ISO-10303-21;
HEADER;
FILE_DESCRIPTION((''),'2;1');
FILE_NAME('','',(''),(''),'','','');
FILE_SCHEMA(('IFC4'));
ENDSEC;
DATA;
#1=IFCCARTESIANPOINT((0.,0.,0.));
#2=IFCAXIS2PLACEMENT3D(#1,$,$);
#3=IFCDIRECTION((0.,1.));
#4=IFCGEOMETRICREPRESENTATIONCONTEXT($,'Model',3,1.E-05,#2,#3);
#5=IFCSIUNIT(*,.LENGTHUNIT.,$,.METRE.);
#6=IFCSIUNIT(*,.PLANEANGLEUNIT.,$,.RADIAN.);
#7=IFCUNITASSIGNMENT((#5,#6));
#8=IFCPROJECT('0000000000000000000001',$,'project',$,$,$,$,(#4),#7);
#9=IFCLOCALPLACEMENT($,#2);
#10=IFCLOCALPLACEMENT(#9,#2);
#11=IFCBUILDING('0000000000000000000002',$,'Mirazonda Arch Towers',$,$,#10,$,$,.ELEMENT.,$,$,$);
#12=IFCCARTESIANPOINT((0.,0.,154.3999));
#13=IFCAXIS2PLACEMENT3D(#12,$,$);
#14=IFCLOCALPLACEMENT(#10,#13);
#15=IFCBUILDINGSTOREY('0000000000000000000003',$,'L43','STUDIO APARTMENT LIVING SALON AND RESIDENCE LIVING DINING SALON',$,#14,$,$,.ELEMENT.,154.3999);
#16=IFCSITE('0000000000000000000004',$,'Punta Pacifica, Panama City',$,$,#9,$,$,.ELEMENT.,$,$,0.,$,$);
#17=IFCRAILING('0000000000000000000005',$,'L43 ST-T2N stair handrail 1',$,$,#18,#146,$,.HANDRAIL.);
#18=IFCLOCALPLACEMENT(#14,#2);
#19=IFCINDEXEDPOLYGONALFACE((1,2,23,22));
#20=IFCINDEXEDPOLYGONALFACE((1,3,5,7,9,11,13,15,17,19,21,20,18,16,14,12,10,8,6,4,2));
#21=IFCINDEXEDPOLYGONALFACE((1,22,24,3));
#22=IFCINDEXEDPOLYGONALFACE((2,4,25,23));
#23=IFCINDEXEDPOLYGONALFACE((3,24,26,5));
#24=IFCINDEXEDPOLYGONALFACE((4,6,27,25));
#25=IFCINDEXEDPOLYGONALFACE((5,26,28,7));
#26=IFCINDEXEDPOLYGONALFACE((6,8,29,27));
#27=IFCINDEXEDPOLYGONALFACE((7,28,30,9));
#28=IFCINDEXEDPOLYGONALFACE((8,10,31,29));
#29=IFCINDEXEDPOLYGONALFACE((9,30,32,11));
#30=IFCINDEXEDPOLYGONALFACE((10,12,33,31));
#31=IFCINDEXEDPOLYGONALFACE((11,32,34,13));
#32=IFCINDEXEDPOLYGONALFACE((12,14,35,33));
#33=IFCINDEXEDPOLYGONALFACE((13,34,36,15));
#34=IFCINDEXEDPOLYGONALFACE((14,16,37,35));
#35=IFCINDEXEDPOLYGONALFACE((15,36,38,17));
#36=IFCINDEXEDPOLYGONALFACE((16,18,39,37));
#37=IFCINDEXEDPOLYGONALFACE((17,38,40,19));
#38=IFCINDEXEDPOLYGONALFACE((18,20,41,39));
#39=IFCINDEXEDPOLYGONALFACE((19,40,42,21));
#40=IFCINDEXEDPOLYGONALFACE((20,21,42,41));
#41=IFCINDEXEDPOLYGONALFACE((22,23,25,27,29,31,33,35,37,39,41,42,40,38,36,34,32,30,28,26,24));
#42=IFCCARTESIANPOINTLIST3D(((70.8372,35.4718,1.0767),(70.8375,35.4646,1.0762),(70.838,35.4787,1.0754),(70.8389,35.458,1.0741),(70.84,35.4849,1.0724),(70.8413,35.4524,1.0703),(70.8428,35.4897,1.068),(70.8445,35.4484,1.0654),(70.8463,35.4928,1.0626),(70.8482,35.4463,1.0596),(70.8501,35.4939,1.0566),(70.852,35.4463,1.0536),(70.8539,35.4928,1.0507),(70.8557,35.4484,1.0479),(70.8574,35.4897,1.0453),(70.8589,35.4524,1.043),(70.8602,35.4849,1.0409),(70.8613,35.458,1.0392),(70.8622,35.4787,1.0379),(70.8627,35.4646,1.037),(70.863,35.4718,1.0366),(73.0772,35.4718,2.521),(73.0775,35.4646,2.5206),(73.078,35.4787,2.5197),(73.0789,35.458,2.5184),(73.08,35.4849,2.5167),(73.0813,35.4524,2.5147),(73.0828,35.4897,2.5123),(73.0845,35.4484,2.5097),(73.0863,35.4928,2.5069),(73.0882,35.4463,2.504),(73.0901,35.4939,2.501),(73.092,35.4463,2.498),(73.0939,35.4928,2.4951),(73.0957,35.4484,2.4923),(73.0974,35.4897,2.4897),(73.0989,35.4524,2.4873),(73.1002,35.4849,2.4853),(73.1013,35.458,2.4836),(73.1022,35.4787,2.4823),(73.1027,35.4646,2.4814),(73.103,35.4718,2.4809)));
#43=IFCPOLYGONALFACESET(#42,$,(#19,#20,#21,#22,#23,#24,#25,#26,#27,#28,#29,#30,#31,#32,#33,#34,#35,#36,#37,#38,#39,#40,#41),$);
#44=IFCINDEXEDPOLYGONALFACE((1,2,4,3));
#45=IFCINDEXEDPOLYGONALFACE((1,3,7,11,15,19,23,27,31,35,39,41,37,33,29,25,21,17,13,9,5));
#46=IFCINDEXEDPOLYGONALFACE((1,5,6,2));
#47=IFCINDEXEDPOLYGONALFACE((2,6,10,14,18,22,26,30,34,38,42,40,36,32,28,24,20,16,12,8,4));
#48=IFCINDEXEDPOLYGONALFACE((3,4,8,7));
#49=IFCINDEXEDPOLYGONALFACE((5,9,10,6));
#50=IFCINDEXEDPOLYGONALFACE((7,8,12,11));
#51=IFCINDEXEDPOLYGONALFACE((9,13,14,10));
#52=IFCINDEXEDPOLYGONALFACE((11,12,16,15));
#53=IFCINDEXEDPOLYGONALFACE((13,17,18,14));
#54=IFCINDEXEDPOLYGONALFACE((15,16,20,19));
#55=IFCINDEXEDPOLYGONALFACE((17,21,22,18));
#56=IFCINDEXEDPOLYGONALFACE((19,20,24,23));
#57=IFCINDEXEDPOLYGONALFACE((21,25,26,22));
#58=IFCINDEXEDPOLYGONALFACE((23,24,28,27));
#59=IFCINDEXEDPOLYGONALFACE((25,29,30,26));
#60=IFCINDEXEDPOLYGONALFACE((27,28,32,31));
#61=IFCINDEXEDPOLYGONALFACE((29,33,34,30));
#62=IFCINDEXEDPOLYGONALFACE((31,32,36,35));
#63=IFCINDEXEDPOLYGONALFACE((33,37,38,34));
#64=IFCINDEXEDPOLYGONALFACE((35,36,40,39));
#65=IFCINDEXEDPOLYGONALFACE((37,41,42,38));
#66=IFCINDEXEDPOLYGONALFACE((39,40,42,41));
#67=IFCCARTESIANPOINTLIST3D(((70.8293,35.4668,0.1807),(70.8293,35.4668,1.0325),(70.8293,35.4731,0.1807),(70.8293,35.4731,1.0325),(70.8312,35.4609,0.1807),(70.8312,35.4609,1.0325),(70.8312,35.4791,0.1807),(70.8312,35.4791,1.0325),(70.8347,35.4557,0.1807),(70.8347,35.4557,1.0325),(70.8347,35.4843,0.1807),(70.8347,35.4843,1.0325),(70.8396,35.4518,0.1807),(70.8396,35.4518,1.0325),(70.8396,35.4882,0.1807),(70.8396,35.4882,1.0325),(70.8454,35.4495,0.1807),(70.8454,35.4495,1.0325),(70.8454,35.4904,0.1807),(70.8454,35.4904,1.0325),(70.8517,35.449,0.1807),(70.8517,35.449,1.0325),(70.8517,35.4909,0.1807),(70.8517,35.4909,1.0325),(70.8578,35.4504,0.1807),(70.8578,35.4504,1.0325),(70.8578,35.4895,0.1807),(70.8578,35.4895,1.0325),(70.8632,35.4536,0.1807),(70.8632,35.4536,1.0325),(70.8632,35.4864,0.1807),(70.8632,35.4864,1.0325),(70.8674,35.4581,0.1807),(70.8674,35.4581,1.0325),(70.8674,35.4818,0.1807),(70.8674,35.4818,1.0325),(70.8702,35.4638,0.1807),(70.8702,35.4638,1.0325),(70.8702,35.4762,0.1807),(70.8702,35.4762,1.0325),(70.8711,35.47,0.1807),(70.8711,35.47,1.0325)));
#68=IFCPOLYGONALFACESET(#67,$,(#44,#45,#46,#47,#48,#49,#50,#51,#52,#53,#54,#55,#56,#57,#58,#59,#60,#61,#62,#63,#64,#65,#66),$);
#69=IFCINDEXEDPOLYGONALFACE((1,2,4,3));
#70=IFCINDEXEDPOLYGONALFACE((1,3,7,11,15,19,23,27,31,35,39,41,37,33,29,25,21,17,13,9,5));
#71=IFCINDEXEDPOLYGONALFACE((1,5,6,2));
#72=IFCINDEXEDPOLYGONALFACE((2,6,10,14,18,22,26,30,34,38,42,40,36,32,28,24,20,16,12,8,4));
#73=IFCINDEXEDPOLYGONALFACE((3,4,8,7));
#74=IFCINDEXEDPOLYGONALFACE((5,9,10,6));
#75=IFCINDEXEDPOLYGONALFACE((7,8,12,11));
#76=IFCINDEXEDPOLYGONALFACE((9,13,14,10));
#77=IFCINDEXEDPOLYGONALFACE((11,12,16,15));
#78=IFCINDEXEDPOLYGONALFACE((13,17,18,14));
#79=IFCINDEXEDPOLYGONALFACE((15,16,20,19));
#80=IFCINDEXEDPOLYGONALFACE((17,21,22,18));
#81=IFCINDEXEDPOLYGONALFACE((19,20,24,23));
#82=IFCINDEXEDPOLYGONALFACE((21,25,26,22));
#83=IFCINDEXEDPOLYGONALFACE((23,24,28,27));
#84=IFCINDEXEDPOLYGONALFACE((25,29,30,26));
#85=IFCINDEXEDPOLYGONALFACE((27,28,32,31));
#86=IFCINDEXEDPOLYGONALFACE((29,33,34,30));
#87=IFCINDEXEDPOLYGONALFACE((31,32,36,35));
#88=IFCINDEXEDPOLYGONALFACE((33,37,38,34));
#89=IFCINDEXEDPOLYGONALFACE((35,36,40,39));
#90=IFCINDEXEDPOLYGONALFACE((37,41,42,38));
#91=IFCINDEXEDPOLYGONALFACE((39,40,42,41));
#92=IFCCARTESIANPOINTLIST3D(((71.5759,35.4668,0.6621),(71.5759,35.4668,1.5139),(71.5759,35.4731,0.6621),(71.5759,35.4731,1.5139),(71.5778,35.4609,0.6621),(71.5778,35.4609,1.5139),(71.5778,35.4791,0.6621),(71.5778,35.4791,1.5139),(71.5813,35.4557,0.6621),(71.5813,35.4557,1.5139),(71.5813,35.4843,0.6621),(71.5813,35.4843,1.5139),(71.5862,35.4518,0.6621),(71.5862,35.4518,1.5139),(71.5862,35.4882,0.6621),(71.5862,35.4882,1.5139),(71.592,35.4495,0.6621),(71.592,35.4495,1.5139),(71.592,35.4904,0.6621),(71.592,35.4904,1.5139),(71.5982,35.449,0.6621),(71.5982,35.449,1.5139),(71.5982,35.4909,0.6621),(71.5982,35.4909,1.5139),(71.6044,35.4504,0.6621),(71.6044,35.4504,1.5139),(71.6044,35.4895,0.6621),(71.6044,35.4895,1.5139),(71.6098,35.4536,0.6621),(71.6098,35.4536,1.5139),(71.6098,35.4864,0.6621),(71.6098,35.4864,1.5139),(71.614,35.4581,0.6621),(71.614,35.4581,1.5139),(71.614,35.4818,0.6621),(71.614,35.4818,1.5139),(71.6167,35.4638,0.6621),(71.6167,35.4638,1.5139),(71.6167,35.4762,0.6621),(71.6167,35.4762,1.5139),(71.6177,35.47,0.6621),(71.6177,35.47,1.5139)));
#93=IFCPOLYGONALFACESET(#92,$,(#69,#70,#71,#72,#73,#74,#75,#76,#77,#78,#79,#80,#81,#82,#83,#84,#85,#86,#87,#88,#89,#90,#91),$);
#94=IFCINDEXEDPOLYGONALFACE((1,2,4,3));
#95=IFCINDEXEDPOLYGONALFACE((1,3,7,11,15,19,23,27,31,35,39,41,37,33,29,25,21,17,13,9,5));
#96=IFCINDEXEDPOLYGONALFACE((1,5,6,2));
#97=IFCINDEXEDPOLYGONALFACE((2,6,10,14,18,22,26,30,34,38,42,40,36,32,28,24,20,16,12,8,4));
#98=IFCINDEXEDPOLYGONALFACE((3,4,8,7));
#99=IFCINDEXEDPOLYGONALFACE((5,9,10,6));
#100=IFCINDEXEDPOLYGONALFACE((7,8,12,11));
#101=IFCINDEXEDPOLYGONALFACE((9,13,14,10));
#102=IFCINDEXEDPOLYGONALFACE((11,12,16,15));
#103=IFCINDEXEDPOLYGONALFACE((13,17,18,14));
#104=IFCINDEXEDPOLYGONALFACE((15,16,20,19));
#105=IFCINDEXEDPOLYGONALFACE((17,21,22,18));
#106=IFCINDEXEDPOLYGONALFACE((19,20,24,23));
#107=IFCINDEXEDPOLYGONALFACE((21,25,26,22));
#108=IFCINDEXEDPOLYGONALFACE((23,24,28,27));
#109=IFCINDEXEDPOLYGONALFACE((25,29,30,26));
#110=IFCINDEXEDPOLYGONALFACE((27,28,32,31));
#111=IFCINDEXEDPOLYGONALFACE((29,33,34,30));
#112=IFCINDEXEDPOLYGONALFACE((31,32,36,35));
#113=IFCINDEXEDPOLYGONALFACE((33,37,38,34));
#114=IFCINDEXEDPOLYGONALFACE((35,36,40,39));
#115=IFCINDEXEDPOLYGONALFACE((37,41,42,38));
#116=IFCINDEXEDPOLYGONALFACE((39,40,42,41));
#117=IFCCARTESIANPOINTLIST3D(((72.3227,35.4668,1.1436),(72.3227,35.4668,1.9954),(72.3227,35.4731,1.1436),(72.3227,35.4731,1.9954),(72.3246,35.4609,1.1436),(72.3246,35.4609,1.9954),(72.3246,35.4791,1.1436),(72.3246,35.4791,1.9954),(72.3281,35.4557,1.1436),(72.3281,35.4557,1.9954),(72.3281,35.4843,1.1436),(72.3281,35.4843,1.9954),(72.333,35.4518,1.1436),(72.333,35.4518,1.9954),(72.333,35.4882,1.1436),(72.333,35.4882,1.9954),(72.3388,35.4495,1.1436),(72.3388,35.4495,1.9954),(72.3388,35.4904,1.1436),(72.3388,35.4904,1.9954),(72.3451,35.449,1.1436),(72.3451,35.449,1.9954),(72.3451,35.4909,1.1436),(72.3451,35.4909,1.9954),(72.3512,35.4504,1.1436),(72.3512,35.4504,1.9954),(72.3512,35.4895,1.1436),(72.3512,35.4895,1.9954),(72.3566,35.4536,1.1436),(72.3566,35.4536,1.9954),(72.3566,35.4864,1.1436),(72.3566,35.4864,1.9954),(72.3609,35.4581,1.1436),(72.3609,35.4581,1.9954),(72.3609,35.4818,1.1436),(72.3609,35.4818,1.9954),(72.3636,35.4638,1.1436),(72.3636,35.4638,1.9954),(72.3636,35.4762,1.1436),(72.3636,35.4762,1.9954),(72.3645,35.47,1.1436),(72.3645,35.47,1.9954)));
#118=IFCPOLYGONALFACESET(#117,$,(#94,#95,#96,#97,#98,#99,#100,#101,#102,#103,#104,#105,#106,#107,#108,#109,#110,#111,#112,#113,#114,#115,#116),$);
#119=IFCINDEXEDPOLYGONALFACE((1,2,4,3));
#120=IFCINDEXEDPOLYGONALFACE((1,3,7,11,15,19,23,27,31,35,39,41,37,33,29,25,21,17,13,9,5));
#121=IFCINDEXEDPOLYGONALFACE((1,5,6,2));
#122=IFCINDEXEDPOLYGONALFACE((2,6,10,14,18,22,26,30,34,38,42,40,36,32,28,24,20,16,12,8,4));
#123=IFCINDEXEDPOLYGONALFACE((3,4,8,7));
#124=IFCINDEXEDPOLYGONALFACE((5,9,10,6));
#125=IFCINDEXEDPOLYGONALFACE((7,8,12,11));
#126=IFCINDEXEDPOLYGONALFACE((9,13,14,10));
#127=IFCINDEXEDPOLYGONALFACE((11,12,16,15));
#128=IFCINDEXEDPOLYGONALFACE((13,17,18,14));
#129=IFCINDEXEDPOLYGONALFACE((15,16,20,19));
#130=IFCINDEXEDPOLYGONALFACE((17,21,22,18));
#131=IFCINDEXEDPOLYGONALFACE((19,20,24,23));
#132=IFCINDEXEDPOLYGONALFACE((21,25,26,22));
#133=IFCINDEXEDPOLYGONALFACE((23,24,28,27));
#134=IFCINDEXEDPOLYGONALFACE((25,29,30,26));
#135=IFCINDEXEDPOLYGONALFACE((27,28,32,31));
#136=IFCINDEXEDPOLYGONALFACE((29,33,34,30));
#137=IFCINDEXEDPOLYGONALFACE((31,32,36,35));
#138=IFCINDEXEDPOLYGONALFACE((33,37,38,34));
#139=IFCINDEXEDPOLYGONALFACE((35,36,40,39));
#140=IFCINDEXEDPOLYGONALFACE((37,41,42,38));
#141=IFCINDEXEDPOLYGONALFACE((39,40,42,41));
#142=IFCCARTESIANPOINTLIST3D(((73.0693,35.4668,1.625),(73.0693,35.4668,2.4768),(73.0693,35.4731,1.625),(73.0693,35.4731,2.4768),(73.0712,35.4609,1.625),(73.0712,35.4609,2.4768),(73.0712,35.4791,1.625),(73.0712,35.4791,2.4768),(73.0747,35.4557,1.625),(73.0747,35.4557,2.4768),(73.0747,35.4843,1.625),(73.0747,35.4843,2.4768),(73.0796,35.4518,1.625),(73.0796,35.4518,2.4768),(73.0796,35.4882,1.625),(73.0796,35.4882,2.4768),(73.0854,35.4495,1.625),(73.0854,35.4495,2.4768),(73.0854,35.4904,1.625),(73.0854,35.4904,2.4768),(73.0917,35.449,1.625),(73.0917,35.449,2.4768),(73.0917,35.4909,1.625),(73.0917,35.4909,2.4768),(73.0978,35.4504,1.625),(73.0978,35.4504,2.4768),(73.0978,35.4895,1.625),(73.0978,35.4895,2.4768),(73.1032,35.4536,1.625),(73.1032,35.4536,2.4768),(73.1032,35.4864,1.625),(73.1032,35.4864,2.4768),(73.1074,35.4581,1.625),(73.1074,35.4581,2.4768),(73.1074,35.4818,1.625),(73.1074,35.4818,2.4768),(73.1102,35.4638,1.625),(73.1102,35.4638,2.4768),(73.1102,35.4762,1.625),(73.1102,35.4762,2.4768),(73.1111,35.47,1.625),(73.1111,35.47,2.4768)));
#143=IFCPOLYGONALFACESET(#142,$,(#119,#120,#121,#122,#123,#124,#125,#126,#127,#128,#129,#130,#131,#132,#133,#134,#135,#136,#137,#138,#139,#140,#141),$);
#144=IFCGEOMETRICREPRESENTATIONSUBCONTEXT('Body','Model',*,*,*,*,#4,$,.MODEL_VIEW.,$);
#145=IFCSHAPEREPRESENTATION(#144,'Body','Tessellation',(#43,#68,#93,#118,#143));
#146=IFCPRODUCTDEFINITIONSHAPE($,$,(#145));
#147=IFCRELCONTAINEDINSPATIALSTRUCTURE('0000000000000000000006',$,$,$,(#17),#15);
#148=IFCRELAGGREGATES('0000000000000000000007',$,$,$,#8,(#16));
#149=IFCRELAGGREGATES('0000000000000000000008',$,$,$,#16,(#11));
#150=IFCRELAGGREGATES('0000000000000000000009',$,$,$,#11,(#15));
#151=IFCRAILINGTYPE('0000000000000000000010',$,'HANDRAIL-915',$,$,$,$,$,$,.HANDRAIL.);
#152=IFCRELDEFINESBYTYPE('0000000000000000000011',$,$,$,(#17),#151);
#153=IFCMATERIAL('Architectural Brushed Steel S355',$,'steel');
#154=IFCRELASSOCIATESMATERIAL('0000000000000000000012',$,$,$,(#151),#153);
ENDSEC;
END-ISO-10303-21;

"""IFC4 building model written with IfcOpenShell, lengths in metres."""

from ifc_helpers import new_model, si_unit, direction, frame, origin, origin_2d, place, context, subcontext, project, spatial, circle, extrude, material, type_object, element, save


model = new_model("IFC4")

# Units and contexts
model_context = context("Model", 3, precision=1e-05, world=origin(), true_north=direction((0.0, 1.0)))
body_context = subcontext(model_context, "Body", "Model", "MODEL_VIEW")
ifc_project = project(units=[si_unit("LENGTHUNIT", "METRE"), si_unit("PLANEANGLEUNIT", "RADIAN")], contexts=[model_context])

# Site, building, storey
site_placement = place(None, origin())
site = spatial("IfcSite", under=ifc_project, at=site_placement, Name="Punta Pacifica, Panama City", CompositionType="ELEMENT", RefElevation=0.0)
building_placement = place(site_placement, origin())
building = spatial("IfcBuilding", under=site, at=building_placement, Name="Mirazonda Arch Towers", CompositionType="ELEMENT")
storey_placement = place(building_placement, frame((0.0, 0.0, 154.3999)))
storey = spatial("IfcBuildingStorey", under=building, at=storey_placement, Name="L43", Description="STUDIO APARTMENT LIVING SALON AND RESIDENCE LIVING DINING SALON", CompositionType="ELEMENT", Elevation=154.3999)

# Shared definitions
ifc_material_1 = material(Name="Architectural Brushed Steel S355", Category="steel")

# Railing
railing_type_1 = type_object("IfcRailingType", Name="HANDRAIL-915", PredefinedType="HANDRAIL", material=ifc_material_1)
railing_1_placement = place(storey_placement, frame((70.8501, 35.47, 0.1807)))
element("IfcRailing", 1, at=railing_1_placement, inside=storey, type_object=railing_type_1, Name="L43 ST-T2N stair handrail 1", PredefinedType="HANDRAIL", context=body_context, shape_type="SweptSolid", body=[
    extrude(circle(Radius=0.0239, at=origin_2d()), frame((0.0, 0.0, 0.876), z_axis=(0.840437, 0.0, 0.54191), x_axis=(0.0, 1.0, 0.0)), (0.0, 0.0, 1.0), 2.6653),
    extrude(circle(Radius=0.021, at=origin_2d()), origin(), (0.0, 0.0, 1.0), 0.8518),
    extrude(circle(Radius=0.021, at=origin_2d()), frame((0.7466, 0.0, 0.4814)), (0.0, 0.0, 1.0), 0.8518),
    extrude(circle(Radius=0.021, at=origin_2d()), frame((1.4934, 0.0, 0.9629)), (0.0, 0.0, 1.0), 0.8518),
    extrude(circle(Radius=0.021, at=origin_2d()), frame((2.24, 0.0, 1.4443)), (0.0, 0.0, 1.0), 0.8518),
])

save(model, "model.ifc")
